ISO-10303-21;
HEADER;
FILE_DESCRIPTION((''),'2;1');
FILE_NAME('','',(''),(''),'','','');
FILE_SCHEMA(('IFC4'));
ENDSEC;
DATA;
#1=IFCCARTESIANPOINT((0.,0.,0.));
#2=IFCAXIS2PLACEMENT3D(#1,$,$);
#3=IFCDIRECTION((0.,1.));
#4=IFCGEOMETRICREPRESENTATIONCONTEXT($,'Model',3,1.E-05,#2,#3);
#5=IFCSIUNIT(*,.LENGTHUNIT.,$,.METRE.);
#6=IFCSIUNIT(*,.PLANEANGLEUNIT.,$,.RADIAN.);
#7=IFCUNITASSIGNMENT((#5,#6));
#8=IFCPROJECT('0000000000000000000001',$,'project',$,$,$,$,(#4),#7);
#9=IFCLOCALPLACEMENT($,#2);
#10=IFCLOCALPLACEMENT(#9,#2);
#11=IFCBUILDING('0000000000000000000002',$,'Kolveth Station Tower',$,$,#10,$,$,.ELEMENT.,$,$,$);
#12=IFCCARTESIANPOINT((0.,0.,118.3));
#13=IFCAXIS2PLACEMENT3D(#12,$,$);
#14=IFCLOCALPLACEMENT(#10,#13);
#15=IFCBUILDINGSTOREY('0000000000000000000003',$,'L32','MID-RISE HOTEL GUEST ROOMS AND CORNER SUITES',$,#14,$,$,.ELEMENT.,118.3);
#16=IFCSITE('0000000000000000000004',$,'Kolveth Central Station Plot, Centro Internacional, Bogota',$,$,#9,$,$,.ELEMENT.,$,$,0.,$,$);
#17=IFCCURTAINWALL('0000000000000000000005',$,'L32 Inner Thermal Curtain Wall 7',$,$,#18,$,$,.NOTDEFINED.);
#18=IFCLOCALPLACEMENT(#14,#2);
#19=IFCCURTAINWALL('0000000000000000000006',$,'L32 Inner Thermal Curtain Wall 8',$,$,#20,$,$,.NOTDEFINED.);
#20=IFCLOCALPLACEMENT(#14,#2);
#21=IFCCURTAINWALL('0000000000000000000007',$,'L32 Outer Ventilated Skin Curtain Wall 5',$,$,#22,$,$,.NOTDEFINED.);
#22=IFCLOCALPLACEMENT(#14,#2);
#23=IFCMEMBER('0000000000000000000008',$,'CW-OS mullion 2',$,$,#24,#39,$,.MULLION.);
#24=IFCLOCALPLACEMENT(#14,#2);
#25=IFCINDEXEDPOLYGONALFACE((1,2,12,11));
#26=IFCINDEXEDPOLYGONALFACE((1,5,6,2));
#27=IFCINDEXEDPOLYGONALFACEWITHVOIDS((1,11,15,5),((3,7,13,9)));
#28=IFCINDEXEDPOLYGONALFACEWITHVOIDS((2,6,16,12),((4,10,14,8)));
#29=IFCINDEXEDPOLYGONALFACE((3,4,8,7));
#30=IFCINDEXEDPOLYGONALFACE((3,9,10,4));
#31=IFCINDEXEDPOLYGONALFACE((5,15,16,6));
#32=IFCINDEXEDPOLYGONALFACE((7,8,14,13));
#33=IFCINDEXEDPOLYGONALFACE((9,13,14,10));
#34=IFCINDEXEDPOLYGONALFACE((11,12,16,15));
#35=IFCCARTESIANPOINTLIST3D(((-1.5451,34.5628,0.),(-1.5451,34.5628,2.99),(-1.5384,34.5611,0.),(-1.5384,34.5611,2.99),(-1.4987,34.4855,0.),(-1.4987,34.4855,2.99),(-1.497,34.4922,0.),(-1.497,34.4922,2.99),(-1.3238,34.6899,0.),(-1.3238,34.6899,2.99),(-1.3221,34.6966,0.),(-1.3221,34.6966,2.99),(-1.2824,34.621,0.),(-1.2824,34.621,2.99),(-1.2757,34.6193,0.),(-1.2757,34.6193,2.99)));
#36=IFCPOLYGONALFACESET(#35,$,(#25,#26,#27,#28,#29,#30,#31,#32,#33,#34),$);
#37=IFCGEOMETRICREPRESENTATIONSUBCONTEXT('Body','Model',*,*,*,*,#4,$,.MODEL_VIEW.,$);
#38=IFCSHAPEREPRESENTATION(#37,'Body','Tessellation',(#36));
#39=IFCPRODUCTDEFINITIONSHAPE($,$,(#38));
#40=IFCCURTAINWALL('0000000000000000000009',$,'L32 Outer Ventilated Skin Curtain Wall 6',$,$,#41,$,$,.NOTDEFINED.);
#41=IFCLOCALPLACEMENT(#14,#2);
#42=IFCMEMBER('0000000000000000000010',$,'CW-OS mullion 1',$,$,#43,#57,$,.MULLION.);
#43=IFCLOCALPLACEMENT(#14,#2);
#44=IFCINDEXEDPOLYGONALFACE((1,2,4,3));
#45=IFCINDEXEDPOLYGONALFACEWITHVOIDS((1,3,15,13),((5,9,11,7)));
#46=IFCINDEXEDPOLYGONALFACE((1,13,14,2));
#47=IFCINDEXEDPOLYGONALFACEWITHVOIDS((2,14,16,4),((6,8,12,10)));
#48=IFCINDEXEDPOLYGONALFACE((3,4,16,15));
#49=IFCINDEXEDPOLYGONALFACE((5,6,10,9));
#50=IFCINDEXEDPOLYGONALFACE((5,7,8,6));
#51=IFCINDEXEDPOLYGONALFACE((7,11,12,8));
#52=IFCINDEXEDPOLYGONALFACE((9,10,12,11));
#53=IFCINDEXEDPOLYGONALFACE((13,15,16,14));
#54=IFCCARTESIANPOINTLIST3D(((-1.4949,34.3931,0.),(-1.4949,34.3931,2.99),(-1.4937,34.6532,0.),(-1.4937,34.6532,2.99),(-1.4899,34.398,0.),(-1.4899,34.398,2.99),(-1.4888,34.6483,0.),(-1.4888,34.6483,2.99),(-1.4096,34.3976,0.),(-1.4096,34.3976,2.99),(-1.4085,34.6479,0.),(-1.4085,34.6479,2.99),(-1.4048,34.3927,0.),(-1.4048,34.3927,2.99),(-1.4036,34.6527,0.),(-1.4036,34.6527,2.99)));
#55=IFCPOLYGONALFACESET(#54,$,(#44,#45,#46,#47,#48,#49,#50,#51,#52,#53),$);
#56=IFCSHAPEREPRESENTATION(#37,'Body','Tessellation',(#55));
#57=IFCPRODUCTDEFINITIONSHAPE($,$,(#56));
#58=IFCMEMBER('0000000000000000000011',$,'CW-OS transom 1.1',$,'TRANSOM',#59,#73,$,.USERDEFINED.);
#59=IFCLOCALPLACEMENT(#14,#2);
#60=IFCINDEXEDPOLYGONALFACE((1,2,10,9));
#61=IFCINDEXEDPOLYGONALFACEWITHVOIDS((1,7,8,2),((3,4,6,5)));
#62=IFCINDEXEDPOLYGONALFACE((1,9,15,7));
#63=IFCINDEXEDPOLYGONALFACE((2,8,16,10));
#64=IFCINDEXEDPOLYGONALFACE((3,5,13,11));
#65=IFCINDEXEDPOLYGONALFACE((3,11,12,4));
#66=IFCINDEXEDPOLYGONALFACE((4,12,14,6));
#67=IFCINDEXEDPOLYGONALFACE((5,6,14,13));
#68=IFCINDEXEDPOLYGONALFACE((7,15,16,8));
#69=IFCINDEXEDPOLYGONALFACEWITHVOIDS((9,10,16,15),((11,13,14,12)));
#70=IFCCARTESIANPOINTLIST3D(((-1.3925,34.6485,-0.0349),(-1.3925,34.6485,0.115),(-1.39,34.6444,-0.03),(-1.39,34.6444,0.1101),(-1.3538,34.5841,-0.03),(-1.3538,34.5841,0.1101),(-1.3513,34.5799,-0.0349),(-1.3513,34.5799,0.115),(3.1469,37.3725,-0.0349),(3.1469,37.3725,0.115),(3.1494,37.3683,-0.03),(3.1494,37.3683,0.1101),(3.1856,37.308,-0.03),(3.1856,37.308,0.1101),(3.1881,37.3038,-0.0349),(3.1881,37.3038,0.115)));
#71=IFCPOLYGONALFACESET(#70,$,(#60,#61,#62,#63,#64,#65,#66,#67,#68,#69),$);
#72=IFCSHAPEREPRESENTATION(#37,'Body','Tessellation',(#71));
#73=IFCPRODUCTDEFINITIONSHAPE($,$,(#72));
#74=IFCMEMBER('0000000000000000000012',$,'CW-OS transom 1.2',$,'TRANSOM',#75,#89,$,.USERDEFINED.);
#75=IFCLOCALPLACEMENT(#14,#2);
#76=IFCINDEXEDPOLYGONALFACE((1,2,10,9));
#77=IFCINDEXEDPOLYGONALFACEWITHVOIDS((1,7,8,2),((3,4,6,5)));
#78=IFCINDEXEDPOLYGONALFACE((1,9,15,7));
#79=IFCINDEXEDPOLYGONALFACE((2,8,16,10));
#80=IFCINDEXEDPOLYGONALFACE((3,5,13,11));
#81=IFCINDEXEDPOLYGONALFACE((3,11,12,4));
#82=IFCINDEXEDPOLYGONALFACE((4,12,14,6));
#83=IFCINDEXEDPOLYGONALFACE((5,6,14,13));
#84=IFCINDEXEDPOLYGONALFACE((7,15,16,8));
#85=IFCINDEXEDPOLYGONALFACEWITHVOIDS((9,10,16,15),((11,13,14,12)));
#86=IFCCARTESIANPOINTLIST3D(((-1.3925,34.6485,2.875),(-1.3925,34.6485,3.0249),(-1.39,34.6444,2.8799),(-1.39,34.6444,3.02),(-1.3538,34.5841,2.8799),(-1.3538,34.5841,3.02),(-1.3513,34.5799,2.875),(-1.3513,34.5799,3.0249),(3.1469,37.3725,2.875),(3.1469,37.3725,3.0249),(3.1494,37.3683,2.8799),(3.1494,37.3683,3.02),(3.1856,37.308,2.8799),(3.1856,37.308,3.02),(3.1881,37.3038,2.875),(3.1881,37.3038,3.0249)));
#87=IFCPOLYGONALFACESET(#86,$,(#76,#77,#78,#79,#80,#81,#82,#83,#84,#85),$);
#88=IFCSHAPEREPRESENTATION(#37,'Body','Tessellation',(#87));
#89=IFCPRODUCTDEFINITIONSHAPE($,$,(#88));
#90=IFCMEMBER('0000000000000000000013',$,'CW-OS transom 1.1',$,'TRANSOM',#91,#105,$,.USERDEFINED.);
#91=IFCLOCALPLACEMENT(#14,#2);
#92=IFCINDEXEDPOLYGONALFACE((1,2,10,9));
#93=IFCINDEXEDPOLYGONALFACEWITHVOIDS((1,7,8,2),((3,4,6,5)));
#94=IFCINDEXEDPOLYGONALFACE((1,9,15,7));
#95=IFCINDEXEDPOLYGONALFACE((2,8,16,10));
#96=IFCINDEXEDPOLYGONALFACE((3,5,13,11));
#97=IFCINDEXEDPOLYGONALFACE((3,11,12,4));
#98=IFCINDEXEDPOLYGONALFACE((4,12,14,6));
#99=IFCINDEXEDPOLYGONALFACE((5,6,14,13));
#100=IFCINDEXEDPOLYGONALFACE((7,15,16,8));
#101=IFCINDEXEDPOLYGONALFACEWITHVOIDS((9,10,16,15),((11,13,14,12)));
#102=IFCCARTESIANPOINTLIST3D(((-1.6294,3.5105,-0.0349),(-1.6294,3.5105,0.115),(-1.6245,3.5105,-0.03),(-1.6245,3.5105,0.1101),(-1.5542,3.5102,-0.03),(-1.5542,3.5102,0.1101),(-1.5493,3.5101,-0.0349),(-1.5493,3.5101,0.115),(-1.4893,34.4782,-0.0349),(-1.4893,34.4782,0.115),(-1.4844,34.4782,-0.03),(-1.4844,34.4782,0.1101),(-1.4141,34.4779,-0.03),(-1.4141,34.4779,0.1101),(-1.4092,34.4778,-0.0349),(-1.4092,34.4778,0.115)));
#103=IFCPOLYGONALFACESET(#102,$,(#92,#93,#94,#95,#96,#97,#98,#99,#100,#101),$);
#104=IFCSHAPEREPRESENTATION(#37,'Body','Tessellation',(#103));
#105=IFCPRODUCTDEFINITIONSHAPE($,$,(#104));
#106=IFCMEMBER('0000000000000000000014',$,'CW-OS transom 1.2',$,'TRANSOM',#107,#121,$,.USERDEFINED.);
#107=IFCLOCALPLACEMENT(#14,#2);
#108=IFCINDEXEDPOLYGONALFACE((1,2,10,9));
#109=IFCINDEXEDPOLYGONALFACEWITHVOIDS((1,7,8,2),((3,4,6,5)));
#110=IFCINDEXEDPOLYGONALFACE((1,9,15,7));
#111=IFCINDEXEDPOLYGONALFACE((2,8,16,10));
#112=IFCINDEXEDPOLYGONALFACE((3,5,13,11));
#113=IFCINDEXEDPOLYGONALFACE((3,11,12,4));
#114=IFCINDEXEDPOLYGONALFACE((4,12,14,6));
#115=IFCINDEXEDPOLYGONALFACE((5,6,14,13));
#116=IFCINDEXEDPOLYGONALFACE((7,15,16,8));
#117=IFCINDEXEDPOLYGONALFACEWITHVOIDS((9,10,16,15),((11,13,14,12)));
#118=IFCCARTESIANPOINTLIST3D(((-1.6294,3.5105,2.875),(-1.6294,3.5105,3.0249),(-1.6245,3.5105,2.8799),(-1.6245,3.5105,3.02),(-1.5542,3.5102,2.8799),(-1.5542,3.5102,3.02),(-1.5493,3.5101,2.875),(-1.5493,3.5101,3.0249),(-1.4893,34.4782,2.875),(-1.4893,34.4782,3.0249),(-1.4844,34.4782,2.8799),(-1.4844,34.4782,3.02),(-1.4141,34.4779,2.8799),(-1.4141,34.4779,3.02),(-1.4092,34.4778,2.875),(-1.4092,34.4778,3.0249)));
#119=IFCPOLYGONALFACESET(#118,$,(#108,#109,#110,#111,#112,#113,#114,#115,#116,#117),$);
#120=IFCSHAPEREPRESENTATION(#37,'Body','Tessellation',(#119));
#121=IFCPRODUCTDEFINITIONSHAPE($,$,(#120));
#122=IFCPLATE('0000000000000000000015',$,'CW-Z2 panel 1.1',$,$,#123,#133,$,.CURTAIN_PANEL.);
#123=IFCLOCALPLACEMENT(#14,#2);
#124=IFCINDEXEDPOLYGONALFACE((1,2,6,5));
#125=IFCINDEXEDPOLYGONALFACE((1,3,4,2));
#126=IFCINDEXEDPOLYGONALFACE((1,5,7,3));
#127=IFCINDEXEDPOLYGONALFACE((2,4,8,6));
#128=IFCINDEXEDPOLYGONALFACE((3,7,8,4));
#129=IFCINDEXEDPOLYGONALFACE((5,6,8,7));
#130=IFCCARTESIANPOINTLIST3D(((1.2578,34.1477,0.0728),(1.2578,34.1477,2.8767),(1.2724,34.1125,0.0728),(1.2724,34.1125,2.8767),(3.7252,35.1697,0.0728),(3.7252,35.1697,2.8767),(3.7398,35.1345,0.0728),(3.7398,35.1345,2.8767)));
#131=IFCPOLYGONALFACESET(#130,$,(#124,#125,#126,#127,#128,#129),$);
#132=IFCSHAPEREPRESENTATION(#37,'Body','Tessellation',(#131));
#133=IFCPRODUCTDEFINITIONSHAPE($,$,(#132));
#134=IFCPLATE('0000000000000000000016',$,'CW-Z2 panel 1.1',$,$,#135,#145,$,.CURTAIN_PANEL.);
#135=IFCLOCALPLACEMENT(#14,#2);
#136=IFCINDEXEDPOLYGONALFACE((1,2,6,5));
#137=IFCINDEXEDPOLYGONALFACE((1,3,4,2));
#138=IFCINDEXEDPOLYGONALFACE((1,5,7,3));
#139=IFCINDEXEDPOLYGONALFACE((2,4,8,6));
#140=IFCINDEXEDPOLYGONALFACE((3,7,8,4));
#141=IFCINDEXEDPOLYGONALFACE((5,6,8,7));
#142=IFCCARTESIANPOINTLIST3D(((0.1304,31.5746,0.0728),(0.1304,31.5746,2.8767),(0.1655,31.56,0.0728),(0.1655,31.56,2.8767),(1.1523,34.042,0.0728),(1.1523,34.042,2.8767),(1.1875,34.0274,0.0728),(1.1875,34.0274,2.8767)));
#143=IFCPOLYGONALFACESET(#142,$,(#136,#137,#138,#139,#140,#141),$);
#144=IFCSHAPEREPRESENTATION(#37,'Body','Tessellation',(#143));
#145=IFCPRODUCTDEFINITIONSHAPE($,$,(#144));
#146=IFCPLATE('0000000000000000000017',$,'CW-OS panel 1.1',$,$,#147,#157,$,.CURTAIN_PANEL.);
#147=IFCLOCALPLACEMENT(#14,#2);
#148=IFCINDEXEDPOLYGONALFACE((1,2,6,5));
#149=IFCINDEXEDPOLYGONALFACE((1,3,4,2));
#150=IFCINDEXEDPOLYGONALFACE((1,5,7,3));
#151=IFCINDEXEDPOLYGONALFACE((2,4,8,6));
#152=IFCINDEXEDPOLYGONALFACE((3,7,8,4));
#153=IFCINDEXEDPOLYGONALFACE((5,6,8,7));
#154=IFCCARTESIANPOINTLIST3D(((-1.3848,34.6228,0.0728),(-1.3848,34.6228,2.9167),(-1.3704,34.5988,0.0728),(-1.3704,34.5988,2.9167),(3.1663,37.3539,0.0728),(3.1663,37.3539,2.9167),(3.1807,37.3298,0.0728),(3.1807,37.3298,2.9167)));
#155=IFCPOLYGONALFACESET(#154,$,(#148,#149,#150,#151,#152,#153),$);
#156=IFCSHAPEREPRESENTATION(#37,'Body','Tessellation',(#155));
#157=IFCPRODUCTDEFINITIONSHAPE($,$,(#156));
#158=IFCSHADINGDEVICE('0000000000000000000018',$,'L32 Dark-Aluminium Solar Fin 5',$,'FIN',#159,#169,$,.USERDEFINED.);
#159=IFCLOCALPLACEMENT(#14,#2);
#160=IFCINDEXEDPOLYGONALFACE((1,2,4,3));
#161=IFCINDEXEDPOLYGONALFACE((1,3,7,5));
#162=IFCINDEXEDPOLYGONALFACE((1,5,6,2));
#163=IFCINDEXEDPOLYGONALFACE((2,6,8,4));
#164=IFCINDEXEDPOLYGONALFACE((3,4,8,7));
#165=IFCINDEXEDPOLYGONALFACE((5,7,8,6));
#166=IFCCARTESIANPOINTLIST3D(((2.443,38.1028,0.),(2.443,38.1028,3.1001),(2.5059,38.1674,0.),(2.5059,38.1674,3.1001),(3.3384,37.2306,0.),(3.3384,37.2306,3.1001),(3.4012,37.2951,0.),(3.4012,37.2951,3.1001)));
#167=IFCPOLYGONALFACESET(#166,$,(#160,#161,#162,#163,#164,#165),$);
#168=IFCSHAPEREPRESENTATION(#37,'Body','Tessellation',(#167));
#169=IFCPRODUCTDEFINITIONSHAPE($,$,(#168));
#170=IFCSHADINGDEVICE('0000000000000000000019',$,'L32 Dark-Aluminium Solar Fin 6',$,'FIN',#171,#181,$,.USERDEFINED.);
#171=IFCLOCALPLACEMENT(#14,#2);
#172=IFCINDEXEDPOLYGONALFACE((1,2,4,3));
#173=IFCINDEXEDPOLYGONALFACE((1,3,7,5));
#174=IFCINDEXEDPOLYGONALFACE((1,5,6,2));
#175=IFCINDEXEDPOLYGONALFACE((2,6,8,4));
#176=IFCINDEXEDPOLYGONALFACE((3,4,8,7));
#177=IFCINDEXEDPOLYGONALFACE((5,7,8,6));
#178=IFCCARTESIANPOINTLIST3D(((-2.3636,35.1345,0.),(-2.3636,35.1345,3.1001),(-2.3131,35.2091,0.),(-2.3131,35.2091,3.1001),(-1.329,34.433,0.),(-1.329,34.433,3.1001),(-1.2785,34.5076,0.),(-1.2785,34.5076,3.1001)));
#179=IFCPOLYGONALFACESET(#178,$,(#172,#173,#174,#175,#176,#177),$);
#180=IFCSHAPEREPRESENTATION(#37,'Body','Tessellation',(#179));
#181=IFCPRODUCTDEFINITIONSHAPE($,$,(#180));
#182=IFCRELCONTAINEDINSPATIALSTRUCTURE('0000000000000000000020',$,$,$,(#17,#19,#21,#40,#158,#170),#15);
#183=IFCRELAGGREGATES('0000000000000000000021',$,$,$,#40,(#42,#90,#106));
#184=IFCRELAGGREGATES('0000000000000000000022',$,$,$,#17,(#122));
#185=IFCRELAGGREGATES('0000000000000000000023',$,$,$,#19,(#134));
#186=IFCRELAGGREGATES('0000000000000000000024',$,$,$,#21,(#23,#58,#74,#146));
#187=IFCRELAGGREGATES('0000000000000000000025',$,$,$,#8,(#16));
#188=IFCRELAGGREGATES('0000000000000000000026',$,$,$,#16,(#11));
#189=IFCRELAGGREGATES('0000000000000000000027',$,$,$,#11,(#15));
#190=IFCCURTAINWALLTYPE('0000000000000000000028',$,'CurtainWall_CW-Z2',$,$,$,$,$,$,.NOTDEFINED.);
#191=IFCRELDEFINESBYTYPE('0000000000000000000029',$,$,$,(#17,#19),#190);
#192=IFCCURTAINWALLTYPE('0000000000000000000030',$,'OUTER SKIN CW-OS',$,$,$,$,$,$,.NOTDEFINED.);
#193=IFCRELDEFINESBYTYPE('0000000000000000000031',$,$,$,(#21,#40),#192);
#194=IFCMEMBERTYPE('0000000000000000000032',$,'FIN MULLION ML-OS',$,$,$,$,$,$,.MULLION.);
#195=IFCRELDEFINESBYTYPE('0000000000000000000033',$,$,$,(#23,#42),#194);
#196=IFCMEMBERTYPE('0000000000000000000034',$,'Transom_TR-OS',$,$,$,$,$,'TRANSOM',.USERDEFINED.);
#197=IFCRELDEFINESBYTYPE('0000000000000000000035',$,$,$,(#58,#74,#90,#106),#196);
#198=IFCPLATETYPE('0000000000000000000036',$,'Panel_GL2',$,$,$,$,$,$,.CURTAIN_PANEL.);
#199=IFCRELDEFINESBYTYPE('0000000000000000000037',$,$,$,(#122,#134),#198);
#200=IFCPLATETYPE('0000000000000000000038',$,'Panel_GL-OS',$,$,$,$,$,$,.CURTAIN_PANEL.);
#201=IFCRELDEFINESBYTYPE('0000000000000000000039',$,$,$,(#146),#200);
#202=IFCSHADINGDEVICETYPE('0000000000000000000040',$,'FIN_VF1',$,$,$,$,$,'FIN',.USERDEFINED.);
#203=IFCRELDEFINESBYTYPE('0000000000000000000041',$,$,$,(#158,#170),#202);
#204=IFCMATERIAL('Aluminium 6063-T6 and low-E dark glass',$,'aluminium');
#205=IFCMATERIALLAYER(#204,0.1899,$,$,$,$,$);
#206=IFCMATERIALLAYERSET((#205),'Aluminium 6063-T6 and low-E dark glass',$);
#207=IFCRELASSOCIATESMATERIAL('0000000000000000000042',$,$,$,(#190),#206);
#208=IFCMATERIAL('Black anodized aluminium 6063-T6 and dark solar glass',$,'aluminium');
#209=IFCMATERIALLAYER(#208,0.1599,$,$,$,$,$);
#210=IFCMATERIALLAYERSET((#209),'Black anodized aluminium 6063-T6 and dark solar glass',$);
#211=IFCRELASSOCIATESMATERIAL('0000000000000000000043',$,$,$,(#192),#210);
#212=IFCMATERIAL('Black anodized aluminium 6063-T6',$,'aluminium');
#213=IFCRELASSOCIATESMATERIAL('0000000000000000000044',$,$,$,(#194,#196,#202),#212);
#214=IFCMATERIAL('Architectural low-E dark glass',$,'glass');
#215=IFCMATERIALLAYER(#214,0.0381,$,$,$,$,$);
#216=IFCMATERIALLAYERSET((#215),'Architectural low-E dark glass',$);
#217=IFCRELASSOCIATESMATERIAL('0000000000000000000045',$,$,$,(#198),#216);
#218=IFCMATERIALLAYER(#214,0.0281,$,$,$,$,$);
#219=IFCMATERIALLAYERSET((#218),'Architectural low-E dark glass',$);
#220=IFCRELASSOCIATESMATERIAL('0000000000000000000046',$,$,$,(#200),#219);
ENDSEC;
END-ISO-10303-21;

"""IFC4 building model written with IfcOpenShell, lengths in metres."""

from ifc_helpers import new_model, si_unit, direction, frame, origin, origin_2d, place, context, subcontext, project, spatial, rectangle, hollow_rectangle, extrude, source, transform, mapped, material, layer, layer_set, material_profile, profile_set, type_object, element, aggregate, save


model = new_model("IFC4")

# Units and contexts
model_context = context("Model", 3, precision=1e-05, world=origin(), true_north=direction((0.0, 1.0)))
body_context = subcontext(model_context, "Body", "Model", "MODEL_VIEW")
ifc_project = project(units=[si_unit("LENGTHUNIT", "METRE"), si_unit("PLANEANGLEUNIT", "RADIAN")], contexts=[model_context])

# Site, building, storey
site_placement = place(None, origin())
site = spatial("IfcSite", under=ifc_project, at=site_placement, Name="Kolveth Central Station Plot, Centro Internacional, Bogota", CompositionType="ELEMENT", RefElevation=0.0)
building_placement = place(site_placement, origin())
building = spatial("IfcBuilding", under=site, at=building_placement, Name="Kolveth Station Tower", CompositionType="ELEMENT")
storey_placement = place(building_placement, frame((0.0, 0.0, 118.3)))
storey = spatial("IfcBuildingStorey", under=building, at=storey_placement, Name="L32", Description="MID-RISE HOTEL GUEST ROOMS AND CORNER SUITES", CompositionType="ELEMENT", Elevation=118.3)

# Shared definitions
ifc_material_1 = material(Name="Aluminium 6063-T6 and low-E dark glass", Category="aluminium")
ifc_layer_1 = layer(ifc_material_1, 0.1899)
ifc_layer_set_1 = layer_set([ifc_layer_1], Name="Aluminium 6063-T6 and low-E dark glass")
curtain_wall_type_1 = type_object("IfcCurtainWallType", Name="CurtainWall_CW-Z2", PredefinedType="NOTDEFINED", material=ifc_layer_set_1)
ifc_material_2 = material(Name="Black anodized aluminium 6063-T6", Category="aluminium")

# Curtain wall
curtain_wall_1_placement = place(storey_placement, origin())
curtain_wall_1 = element("IfcCurtainWall", 1, at=curtain_wall_1_placement, inside=storey, type_object=curtain_wall_type_1, Name="L32 Inner Thermal Curtain Wall 7", PredefinedType="NOTDEFINED")

# Curtain wall
curtain_wall_2_placement = place(storey_placement, origin())
curtain_wall_2 = element("IfcCurtainWall", 2, at=curtain_wall_2_placement, inside=storey, type_object=curtain_wall_type_1, Name="L32 Inner Thermal Curtain Wall 8", PredefinedType="NOTDEFINED")

# Shared definitions
ifc_material_3 = material(Name="Black anodized aluminium 6063-T6 and dark solar glass", Category="aluminium")
ifc_layer_2 = layer(ifc_material_3, 0.1599)
ifc_layer_set_2 = layer_set([ifc_layer_2], Name="Black anodized aluminium 6063-T6 and dark solar glass")
curtain_wall_type_2 = type_object("IfcCurtainWallType", Name="OUTER SKIN CW-OS", PredefinedType="NOTDEFINED", material=ifc_layer_set_2)
ifc_material_profile_1 = material_profile(ifc_material_2, hollow_rectangle(XDim=0.0901, YDim=0.26, WallThickness=0.0049, at=origin_2d()), Name="ALU-90x260x5")
ifc_profile_set_1 = profile_set([ifc_material_profile_1], Name="Black anodized aluminium 6063-T6")
member_type_1 = type_object("IfcMemberType", Name="FIN MULLION ML-OS", PredefinedType="MULLION", material=ifc_profile_set_1)
shared_shape_1 = source(origin(), body_context, "Body", "SweptSolid", [
    extrude(hollow_rectangle(XDim=0.0901, YDim=0.26, WallThickness=0.0049, at=origin_2d()), origin(), (0.0, 0.0, 1.0), 2.99),
])

# Curtain wall, member
curtain_wall_3_placement = place(storey_placement, origin())
curtain_wall_3 = element("IfcCurtainWall", 3, at=curtain_wall_3_placement, inside=storey, type_object=curtain_wall_type_2, Name="L32 Outer Ventilated Skin Curtain Wall 5", PredefinedType="NOTDEFINED")
member_1_placement = place(storey_placement, frame((-1.4104, 34.5911, 0.0), z_axis=(0.0, 0.0, 1.0), x_axis=(0.514549, -0.857461, 0.0)))
member_1 = element("IfcMember", 4, at=member_1_placement, type_object=member_type_1, Name="CW-OS mullion 2", PredefinedType="MULLION", context=body_context, shape_type="MappedRepresentation", body=[
    mapped(shared_shape_1, transform((0.0, 0.0, 0.0), x_axis=(1.0, 0.0, 0.0), y_axis=(0.0, 1.0, 0.0), z_axis=(0.0, 0.0, 1.0), scale=1.0)),
])

# Curtain wall, member
curtain_wall_4_placement = place(storey_placement, origin())
curtain_wall_4 = element("IfcCurtainWall", 5, at=curtain_wall_4_placement, inside=storey, type_object=curtain_wall_type_2, Name="L32 Outer Ventilated Skin Curtain Wall 6", PredefinedType="NOTDEFINED")
member_2_placement = place(storey_placement, frame((-1.4492, 34.5229, 0.0), z_axis=(0.0, 0.0, 1.0), x_axis=(0.99999, -0.004524, 0.0)))
member_2 = element("IfcMember", 6, at=member_2_placement, type_object=member_type_1, Name="CW-OS mullion 1", PredefinedType="MULLION", context=body_context, shape_type="MappedRepresentation", body=[
    mapped(shared_shape_1, transform((0.0, 0.0, 0.0), x_axis=(1.0, 0.0, 0.0), y_axis=(0.0, 1.0, 0.0), z_axis=(0.0, 0.0, 1.0), scale=1.0)),
])

# Members
ifc_material_profile_2 = material_profile(ifc_material_2, hollow_rectangle(XDim=0.0801, YDim=0.1499, WallThickness=0.0049, at=origin_2d()), Name="ALU-80x150x5")
ifc_profile_set_2 = profile_set([ifc_material_profile_2], Name="Black anodized aluminium 6063-T6")
member_type_2 = type_object("IfcMemberType", Name="Transom_TR-OS", ElementType="TRANSOM", PredefinedType="USERDEFINED", material=ifc_profile_set_2)
shared_shape_2 = source(origin(), body_context, "Body", "SweptSolid", [
    extrude(hollow_rectangle(XDim=0.0801, YDim=0.1499, WallThickness=0.0049, at=origin_2d()), origin(), (0.0, 0.0, 1.0), 5.2939),
])
member_3_placement = place(storey_placement, frame((3.1675, 37.3381, 0.04), z_axis=(-0.857469, -0.514536, 0.0), x_axis=(0.514536, -0.857469, 0.0)))
member_3 = element("IfcMember", 7, at=member_3_placement, type_object=member_type_2, Name="CW-OS transom 1.1", ObjectType="TRANSOM", PredefinedType="USERDEFINED", context=body_context, shape_type="MappedRepresentation", body=[
    mapped(shared_shape_2, transform((0.0, 0.0, 0.0), x_axis=(1.0, 0.0, 0.0), y_axis=(0.0, 1.0, 0.0), z_axis=(0.0, 0.0, 1.0), scale=1.0)),
])
member_4_placement = place(storey_placement, frame((3.1675, 37.3381, 2.95), z_axis=(-0.857469, -0.514536, 0.0), x_axis=(0.514536, -0.857469, 0.0)))
member_4 = element("IfcMember", 8, at=member_4_placement, type_object=member_type_2, Name="CW-OS transom 1.2", ObjectType="TRANSOM", PredefinedType="USERDEFINED", context=body_context, shape_type="MappedRepresentation", body=[
    mapped(shared_shape_2, transform((0.0, 0.0, 0.0), x_axis=(1.0, 0.0, 0.0), y_axis=(0.0, 1.0, 0.0), z_axis=(0.0, 0.0, 1.0), scale=1.0)),
])
shared_shape_3 = source(origin(), body_context, "Body", "SweptSolid", [
    extrude(hollow_rectangle(XDim=0.0801, YDim=0.1499, WallThickness=0.0049, at=origin_2d()), origin(), (0.0, 0.0, 1.0), 30.968),
])
member_5_placement = place(storey_placement, frame((-1.4492, 34.478, 0.04), z_axis=(-0.004525, -0.99999, 0.0), x_axis=(0.99999, -0.004525, 0.0)))
member_5 = element("IfcMember", 9, at=member_5_placement, type_object=member_type_2, Name="CW-OS transom 1.1", ObjectType="TRANSOM", PredefinedType="USERDEFINED", context=body_context, shape_type="MappedRepresentation", body=[
    mapped(shared_shape_3, transform((0.0, 0.0, 0.0), x_axis=(1.0, 0.0, 0.0), y_axis=(0.0, 1.0, 0.0), z_axis=(0.0, 0.0, 1.0), scale=1.0)),
])
member_6_placement = place(storey_placement, frame((-1.4492, 34.478, 2.95), z_axis=(-0.004525, -0.99999, 0.0), x_axis=(0.99999, -0.004525, 0.0)))
member_6 = element("IfcMember", 10, at=member_6_placement, type_object=member_type_2, Name="CW-OS transom 1.2", ObjectType="TRANSOM", PredefinedType="USERDEFINED", context=body_context, shape_type="MappedRepresentation", body=[
    mapped(shared_shape_3, transform((0.0, 0.0, 0.0), x_axis=(1.0, 0.0, 0.0), y_axis=(0.0, 1.0, 0.0), z_axis=(0.0, 0.0, 1.0), scale=1.0)),
])
aggregate(curtain_wall_4, [member_2, member_5, member_6])

# Plates
ifc_material_4 = material(Name="Architectural low-E dark glass", Category="glass")
ifc_layer_3 = layer(ifc_material_4, 0.0381)
ifc_layer_set_3 = layer_set([ifc_layer_3], Name="Architectural low-E dark glass")
plate_type_1 = type_object("IfcPlateType", Name="Panel_GL2", PredefinedType="CURTAIN_PANEL", material=ifc_layer_set_3)
shared_shape_4 = source(origin(), body_context, "Body", "SweptSolid", [
    extrude(rectangle(XDim=2.6707, YDim=0.0381, at=origin_2d()), origin(), (0.0, 0.0, 1.0), 2.804),
])
plate_1_placement = place(storey_placement, frame((2.4988, 34.6411, 0.0728), z_axis=(0.0, 0.0, 1.0), x_axis=(-0.923888, -0.382663, 0.0)))
plate_1 = element("IfcPlate", 11, at=plate_1_placement, type_object=plate_type_1, Name="CW-Z2 panel 1.1", PredefinedType="CURTAIN_PANEL", context=body_context, shape_type="MappedRepresentation", body=[
    mapped(shared_shape_4, transform((0.0, 0.0, 0.0), x_axis=(1.0, 0.0, 0.0), y_axis=(0.0, 1.0, 0.0), z_axis=(0.0, 0.0, 1.0), scale=1.0)),
])
aggregate(curtain_wall_1, [plate_1])
plate_2_placement = place(storey_placement, frame((0.6589, 32.801, 0.0728), z_axis=(0.0, 0.0, 1.0), x_axis=(-0.382663, -0.923888, 0.0)))
plate_2 = element("IfcPlate", 12, at=plate_2_placement, type_object=plate_type_1, Name="CW-Z2 panel 1.1", PredefinedType="CURTAIN_PANEL", context=body_context, shape_type="MappedRepresentation", body=[
    mapped(shared_shape_4, transform((0.0, 0.0, 0.0), x_axis=(1.0, 0.0, 0.0), y_axis=(0.0, 1.0, 0.0), z_axis=(0.0, 0.0, 1.0), scale=1.0)),
])
aggregate(curtain_wall_2, [plate_2])
ifc_layer_4 = layer(ifc_material_4, 0.0281)
ifc_layer_set_4 = layer_set([ifc_layer_4], Name="Architectural low-E dark glass")
plate_type_2 = type_object("IfcPlateType", Name="Panel_GL-OS", PredefinedType="CURTAIN_PANEL", material=ifc_layer_set_4)
shared_shape_5 = source(origin(), body_context, "Body", "SweptSolid", [
    extrude(rectangle(XDim=5.3076, YDim=0.0281, at=origin_2d()), origin(), (0.0, 0.0, 1.0), 2.844),
])
plate_3_placement = place(storey_placement, frame((0.8979, 35.9763, 0.0728), z_axis=(0.0, 0.0, 1.0), x_axis=(-0.857461, -0.514549, 0.0)))
plate_3 = element("IfcPlate", 13, at=plate_3_placement, type_object=plate_type_2, Name="CW-OS panel 1.1", PredefinedType="CURTAIN_PANEL", context=body_context, shape_type="MappedRepresentation", body=[
    mapped(shared_shape_5, transform((0.0, 0.0, 0.0), x_axis=(1.0, 0.0, 0.0), y_axis=(0.0, 1.0, 0.0), z_axis=(0.0, 0.0, 1.0), scale=1.0)),
])
aggregate(curtain_wall_3, [member_1, member_3, member_4, plate_3])

# Shading devices
shading_device_type = type_object("IfcShadingDeviceType", Name="FIN_VF1", ElementType="FIN", PredefinedType="USERDEFINED", material=ifc_material_2)
shared_shape_6 = source(origin(), body_context, "Body", "SweptSolid", [
    extrude(rectangle(XDim=1.25, YDim=0.0901, at=origin_2d()), origin(), (0.0, 0.0, 1.0), 3.1001),
])
for number, where, z_axis, x_axis, name in (
    (14, (2.9221, 37.699, 0.0), (0.0, 0.0, 1.0), (-0.716302, 0.69779, 0.0), "L32 Dark-Aluminium Solar Fin 5"),
    (15, (-1.821, 34.821, 0.0), (0.0, 0.0, 1.0), (-0.827669, 0.561217, 0.0), "L32 Dark-Aluminium Solar Fin 6"),
):
    element("IfcShadingDevice", number, at=place(storey_placement, frame(where, z_axis=z_axis, x_axis=x_axis)), inside=storey, type_object=shading_device_type, Name=name, ObjectType="FIN", PredefinedType="USERDEFINED", context=body_context, shape_type="MappedRepresentation", body=[
        mapped(shared_shape_6, transform((0.0, 0.0, 0.0), x_axis=(1.0, 0.0, 0.0), y_axis=(0.0, 1.0, 0.0), z_axis=(0.0, 0.0, 1.0), scale=1.0)),
    ])

save(model, "model.ifc")
